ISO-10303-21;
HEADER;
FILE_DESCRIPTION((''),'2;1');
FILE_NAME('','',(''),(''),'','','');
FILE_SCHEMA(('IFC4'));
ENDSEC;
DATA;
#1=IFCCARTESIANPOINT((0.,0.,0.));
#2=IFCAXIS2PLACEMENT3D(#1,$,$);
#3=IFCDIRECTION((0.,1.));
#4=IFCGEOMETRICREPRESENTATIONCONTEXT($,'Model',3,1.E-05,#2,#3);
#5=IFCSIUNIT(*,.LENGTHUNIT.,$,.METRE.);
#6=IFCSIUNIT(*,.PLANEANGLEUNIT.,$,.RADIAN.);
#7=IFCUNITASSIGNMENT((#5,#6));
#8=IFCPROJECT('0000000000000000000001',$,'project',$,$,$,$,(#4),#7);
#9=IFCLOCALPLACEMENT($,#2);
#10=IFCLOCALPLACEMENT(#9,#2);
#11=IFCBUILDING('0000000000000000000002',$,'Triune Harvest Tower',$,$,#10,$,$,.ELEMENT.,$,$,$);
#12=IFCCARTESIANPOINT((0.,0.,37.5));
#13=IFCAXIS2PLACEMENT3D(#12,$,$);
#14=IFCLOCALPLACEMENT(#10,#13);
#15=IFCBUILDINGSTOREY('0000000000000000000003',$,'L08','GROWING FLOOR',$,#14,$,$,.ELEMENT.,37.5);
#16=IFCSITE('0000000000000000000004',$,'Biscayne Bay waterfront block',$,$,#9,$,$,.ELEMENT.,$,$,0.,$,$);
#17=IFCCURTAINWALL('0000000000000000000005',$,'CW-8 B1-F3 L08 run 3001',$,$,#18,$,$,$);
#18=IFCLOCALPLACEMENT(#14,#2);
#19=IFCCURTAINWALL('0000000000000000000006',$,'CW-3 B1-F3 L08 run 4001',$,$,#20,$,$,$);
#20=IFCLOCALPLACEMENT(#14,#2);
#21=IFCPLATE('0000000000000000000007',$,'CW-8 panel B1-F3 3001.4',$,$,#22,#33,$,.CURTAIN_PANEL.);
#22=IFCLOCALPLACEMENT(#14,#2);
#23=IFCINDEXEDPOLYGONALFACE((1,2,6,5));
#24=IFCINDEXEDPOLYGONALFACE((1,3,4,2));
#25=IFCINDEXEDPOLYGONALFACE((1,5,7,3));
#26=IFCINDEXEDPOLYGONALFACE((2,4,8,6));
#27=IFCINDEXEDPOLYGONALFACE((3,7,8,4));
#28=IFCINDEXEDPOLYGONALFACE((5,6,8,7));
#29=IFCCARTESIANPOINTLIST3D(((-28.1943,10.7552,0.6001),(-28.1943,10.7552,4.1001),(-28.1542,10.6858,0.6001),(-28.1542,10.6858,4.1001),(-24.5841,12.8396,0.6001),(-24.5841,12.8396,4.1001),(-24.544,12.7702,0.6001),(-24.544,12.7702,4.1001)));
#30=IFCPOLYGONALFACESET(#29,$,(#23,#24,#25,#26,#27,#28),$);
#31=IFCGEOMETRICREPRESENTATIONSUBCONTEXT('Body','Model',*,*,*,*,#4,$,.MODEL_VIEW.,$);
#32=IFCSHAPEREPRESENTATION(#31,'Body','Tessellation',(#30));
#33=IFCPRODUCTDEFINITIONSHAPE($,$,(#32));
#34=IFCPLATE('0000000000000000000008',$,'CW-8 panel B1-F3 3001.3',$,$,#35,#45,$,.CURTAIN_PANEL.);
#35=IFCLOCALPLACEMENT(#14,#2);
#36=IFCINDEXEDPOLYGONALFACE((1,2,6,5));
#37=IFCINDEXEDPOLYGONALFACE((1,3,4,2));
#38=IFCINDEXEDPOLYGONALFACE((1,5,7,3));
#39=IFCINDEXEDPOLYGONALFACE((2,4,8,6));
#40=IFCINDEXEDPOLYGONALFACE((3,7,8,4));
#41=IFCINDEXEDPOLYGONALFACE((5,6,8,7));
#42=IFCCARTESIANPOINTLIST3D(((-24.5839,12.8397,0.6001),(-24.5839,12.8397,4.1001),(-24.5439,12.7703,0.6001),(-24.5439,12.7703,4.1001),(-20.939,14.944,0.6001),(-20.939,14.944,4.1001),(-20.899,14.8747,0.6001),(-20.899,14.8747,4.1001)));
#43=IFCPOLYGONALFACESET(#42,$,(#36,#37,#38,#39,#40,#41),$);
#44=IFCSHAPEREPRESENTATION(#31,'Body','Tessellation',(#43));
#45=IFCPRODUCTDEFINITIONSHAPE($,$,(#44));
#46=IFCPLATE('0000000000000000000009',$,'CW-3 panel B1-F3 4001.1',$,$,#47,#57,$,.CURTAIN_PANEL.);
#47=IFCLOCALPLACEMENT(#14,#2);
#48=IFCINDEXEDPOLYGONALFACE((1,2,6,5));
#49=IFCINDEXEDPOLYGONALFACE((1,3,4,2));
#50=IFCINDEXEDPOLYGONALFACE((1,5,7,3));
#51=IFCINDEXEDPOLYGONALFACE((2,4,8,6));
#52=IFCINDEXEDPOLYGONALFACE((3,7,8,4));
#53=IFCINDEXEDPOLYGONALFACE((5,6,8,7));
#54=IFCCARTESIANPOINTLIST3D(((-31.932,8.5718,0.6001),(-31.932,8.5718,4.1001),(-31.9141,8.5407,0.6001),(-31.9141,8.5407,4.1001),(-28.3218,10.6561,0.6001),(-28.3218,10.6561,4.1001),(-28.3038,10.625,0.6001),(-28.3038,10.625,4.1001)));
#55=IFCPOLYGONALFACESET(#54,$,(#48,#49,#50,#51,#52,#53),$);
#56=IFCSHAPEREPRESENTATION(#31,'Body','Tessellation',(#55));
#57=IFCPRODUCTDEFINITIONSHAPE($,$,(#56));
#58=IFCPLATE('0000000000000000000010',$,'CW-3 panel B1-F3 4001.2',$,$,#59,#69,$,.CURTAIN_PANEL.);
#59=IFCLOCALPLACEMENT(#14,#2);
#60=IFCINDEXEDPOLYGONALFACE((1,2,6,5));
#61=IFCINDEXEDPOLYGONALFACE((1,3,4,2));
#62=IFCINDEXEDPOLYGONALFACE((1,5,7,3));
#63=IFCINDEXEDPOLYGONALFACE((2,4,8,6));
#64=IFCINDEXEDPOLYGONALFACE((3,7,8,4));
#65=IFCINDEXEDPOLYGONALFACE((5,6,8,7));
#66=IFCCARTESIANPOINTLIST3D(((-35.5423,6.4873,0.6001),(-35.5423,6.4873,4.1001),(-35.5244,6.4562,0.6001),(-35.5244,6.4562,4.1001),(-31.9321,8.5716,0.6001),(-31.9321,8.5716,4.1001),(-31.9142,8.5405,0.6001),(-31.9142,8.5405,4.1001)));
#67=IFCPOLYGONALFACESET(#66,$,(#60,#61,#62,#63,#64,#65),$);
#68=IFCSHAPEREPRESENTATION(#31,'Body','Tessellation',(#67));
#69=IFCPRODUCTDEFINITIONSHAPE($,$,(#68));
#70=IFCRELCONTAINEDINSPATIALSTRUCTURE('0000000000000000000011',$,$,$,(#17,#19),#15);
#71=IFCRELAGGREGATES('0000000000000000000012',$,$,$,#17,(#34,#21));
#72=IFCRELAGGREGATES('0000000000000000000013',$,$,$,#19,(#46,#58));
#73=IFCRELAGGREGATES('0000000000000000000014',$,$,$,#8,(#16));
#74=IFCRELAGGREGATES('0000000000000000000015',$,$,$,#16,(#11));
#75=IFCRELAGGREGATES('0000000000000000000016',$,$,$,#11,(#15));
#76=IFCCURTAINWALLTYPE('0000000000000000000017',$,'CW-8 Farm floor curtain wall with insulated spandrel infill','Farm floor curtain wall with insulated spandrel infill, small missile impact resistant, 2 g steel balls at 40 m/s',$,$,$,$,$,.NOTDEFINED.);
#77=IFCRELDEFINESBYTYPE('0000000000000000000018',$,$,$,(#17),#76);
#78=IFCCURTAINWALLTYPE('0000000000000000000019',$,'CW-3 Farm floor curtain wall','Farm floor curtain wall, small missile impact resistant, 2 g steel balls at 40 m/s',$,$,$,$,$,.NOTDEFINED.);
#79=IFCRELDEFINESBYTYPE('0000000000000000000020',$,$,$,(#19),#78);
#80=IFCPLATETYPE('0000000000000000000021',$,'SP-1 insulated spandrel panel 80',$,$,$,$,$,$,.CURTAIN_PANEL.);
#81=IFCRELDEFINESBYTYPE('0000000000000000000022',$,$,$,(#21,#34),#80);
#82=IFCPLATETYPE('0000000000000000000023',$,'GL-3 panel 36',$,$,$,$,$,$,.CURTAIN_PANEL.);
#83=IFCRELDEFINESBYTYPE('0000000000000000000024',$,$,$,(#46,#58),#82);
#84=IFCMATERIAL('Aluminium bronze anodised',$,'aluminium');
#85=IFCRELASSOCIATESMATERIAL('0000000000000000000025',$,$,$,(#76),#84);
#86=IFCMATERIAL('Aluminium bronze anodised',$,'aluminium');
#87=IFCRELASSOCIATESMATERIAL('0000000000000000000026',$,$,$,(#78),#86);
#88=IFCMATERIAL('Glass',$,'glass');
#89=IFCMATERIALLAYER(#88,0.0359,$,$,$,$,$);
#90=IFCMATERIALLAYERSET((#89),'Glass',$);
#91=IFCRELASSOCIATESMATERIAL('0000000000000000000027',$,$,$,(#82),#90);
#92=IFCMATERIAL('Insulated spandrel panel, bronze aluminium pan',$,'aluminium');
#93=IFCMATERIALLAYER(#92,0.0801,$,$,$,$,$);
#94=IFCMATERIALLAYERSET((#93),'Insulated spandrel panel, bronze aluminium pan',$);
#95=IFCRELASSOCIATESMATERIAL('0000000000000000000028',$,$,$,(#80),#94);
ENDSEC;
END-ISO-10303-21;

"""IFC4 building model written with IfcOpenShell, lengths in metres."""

from ifc_helpers import new_model, si_unit, direction, frame, origin, origin_2d, place, context, subcontext, project, spatial, rectangle, extrude, source, transform, mapped, material, layer, layer_set, type_object, element, aggregate, save


model = new_model("IFC4")

# Units and contexts
model_context = context("Model", 3, precision=1e-05, world=origin(), true_north=direction((0.0, 1.0)))
body_context = subcontext(model_context, "Body", "Model", "MODEL_VIEW")
ifc_project = project(units=[si_unit("LENGTHUNIT", "METRE"), si_unit("PLANEANGLEUNIT", "RADIAN")], contexts=[model_context])

# Site, building, storey
site_placement = place(None, origin())
site = spatial("IfcSite", under=ifc_project, at=site_placement, Name="Biscayne Bay waterfront block", CompositionType="ELEMENT", RefElevation=0.0)
building_placement = place(site_placement, origin())
building = spatial("IfcBuilding", under=site, at=building_placement, Name="Triune Harvest Tower", CompositionType="ELEMENT")
storey_placement = place(building_placement, frame((0.0, 0.0, 37.5)))
storey = spatial("IfcBuildingStorey", under=building, at=storey_placement, Name="L08", Description="GROWING FLOOR", CompositionType="ELEMENT", Elevation=37.5)

# Curtain wall
ifc_material_1 = material(Name="Aluminium bronze anodised", Category="aluminium")
curtain_wall_type_1 = type_object("IfcCurtainWallType", Name="CW-8 Farm floor curtain wall with insulated spandrel infill", Description="Farm floor curtain wall with insulated spandrel infill, small missile impact resistant, 2 g steel balls at 40 m/s", PredefinedType="NOTDEFINED", material=ifc_material_1)
curtain_wall_1_placement = place(storey_placement, origin())
curtain_wall_1 = element("IfcCurtainWall", 1, at=curtain_wall_1_placement, inside=storey, type_object=curtain_wall_type_1, Name="CW-8 B1-F3 L08 run 3001")

# Curtain wall
ifc_material_2 = material(Name="Aluminium bronze anodised", Category="aluminium")
curtain_wall_type_2 = type_object("IfcCurtainWallType", Name="CW-3 Farm floor curtain wall", Description="Farm floor curtain wall, small missile impact resistant, 2 g steel balls at 40 m/s", PredefinedType="NOTDEFINED", material=ifc_material_2)
curtain_wall_2_placement = place(storey_placement, origin())
curtain_wall_2 = element("IfcCurtainWall", 2, at=curtain_wall_2_placement, inside=storey, type_object=curtain_wall_type_2, Name="CW-3 B1-F3 L08 run 4001")

# Plates
ifc_material_3 = material(Name="Glass", Category="glass")
ifc_layer_1 = layer(ifc_material_3, 0.0359)
ifc_layer_set_1 = layer_set([ifc_layer_1], Name="Glass")
plate_type_1 = type_object("IfcPlateType", Name="GL-3 panel 36", PredefinedType="CURTAIN_PANEL", material=ifc_layer_set_1)
ifc_material_4 = material(Name="Insulated spandrel panel, bronze aluminium pan", Category="aluminium")
ifc_layer_2 = layer(ifc_material_4, 0.0801)
ifc_layer_set_2 = layer_set([ifc_layer_2], Name="Insulated spandrel panel, bronze aluminium pan")
plate_type_2 = type_object("IfcPlateType", Name="SP-1 insulated spandrel panel 80", PredefinedType="CURTAIN_PANEL", material=ifc_layer_set_2)
shared_shape_1 = source(origin(), body_context, "Body", "SweptSolid", [
    extrude(rectangle(XDim=4.1687, YDim=0.0801, at=origin_2d()), origin(), (0.0, 0.0, 1.0), 3.5),
])
plate_1_placement = place(storey_placement, frame((-26.3691, 11.7627, 0.6001), z_axis=(0.0, 0.0, 1.0), x_axis=(-0.866024, -0.500003, 0.0)))
plate_1 = element("IfcPlate", 3, at=plate_1_placement, type_object=plate_type_2, Name="CW-8 panel B1-F3 3001.4", PredefinedType="CURTAIN_PANEL", context=body_context, shape_type="MappedRepresentation", body=[
    mapped(shared_shape_1, transform((0.0, 0.0, 0.0), scale=1.0)),
])
shared_shape_2 = source(origin(), body_context, "Body", "SweptSolid", [
    extrude(rectangle(XDim=4.2087, YDim=0.0801, at=origin_2d()), origin(), (0.0, 0.0, 1.0), 3.5),
])
plate_2_placement = place(storey_placement, frame((-22.7415, 13.8572, 0.6001), z_axis=(0.0, 0.0, 1.0), x_axis=(-0.866024, -0.500003, 0.0)))
plate_2 = element("IfcPlate", 4, at=plate_2_placement, type_object=plate_type_2, Name="CW-8 panel B1-F3 3001.3", PredefinedType="CURTAIN_PANEL", context=body_context, shape_type="MappedRepresentation", body=[
    mapped(shared_shape_2, transform((0.0, 0.0, 0.0), scale=1.0)),
])
aggregate(curtain_wall_1, [plate_2, plate_1])
shared_shape_3 = source(origin(), body_context, "Body", "SweptSolid", [
    extrude(rectangle(XDim=4.1687, YDim=0.0359, at=origin_2d()), origin(), (0.0, 0.0, 1.0), 3.5),
])
plate_3_placement = place(storey_placement, frame((-30.1179, 9.5984, 0.6001), z_axis=(0.0, 0.0, 1.0), x_axis=(-0.866028, -0.499995, 0.0)))
plate_3 = element("IfcPlate", 5, at=plate_3_placement, type_object=plate_type_1, Name="CW-3 panel B1-F3 4001.1", PredefinedType="CURTAIN_PANEL", context=body_context, shape_type="MappedRepresentation", body=[
    mapped(shared_shape_3, transform((0.0, 0.0, 0.0), scale=1.0)),
])
plate_4_placement = place(storey_placement, frame((-33.7283, 7.5139, 0.6001), z_axis=(0.0, 0.0, 1.0), x_axis=(-0.866028, -0.499995, 0.0)))
plate_4 = element("IfcPlate", 6, at=plate_4_placement, type_object=plate_type_1, Name="CW-3 panel B1-F3 4001.2", PredefinedType="CURTAIN_PANEL", context=body_context, shape_type="MappedRepresentation", body=[
    mapped(shared_shape_3, transform((0.0, 0.0, 0.0), scale=1.0)),
])
aggregate(curtain_wall_2, [plate_3, plate_4])

save(model, "model.ifc")
